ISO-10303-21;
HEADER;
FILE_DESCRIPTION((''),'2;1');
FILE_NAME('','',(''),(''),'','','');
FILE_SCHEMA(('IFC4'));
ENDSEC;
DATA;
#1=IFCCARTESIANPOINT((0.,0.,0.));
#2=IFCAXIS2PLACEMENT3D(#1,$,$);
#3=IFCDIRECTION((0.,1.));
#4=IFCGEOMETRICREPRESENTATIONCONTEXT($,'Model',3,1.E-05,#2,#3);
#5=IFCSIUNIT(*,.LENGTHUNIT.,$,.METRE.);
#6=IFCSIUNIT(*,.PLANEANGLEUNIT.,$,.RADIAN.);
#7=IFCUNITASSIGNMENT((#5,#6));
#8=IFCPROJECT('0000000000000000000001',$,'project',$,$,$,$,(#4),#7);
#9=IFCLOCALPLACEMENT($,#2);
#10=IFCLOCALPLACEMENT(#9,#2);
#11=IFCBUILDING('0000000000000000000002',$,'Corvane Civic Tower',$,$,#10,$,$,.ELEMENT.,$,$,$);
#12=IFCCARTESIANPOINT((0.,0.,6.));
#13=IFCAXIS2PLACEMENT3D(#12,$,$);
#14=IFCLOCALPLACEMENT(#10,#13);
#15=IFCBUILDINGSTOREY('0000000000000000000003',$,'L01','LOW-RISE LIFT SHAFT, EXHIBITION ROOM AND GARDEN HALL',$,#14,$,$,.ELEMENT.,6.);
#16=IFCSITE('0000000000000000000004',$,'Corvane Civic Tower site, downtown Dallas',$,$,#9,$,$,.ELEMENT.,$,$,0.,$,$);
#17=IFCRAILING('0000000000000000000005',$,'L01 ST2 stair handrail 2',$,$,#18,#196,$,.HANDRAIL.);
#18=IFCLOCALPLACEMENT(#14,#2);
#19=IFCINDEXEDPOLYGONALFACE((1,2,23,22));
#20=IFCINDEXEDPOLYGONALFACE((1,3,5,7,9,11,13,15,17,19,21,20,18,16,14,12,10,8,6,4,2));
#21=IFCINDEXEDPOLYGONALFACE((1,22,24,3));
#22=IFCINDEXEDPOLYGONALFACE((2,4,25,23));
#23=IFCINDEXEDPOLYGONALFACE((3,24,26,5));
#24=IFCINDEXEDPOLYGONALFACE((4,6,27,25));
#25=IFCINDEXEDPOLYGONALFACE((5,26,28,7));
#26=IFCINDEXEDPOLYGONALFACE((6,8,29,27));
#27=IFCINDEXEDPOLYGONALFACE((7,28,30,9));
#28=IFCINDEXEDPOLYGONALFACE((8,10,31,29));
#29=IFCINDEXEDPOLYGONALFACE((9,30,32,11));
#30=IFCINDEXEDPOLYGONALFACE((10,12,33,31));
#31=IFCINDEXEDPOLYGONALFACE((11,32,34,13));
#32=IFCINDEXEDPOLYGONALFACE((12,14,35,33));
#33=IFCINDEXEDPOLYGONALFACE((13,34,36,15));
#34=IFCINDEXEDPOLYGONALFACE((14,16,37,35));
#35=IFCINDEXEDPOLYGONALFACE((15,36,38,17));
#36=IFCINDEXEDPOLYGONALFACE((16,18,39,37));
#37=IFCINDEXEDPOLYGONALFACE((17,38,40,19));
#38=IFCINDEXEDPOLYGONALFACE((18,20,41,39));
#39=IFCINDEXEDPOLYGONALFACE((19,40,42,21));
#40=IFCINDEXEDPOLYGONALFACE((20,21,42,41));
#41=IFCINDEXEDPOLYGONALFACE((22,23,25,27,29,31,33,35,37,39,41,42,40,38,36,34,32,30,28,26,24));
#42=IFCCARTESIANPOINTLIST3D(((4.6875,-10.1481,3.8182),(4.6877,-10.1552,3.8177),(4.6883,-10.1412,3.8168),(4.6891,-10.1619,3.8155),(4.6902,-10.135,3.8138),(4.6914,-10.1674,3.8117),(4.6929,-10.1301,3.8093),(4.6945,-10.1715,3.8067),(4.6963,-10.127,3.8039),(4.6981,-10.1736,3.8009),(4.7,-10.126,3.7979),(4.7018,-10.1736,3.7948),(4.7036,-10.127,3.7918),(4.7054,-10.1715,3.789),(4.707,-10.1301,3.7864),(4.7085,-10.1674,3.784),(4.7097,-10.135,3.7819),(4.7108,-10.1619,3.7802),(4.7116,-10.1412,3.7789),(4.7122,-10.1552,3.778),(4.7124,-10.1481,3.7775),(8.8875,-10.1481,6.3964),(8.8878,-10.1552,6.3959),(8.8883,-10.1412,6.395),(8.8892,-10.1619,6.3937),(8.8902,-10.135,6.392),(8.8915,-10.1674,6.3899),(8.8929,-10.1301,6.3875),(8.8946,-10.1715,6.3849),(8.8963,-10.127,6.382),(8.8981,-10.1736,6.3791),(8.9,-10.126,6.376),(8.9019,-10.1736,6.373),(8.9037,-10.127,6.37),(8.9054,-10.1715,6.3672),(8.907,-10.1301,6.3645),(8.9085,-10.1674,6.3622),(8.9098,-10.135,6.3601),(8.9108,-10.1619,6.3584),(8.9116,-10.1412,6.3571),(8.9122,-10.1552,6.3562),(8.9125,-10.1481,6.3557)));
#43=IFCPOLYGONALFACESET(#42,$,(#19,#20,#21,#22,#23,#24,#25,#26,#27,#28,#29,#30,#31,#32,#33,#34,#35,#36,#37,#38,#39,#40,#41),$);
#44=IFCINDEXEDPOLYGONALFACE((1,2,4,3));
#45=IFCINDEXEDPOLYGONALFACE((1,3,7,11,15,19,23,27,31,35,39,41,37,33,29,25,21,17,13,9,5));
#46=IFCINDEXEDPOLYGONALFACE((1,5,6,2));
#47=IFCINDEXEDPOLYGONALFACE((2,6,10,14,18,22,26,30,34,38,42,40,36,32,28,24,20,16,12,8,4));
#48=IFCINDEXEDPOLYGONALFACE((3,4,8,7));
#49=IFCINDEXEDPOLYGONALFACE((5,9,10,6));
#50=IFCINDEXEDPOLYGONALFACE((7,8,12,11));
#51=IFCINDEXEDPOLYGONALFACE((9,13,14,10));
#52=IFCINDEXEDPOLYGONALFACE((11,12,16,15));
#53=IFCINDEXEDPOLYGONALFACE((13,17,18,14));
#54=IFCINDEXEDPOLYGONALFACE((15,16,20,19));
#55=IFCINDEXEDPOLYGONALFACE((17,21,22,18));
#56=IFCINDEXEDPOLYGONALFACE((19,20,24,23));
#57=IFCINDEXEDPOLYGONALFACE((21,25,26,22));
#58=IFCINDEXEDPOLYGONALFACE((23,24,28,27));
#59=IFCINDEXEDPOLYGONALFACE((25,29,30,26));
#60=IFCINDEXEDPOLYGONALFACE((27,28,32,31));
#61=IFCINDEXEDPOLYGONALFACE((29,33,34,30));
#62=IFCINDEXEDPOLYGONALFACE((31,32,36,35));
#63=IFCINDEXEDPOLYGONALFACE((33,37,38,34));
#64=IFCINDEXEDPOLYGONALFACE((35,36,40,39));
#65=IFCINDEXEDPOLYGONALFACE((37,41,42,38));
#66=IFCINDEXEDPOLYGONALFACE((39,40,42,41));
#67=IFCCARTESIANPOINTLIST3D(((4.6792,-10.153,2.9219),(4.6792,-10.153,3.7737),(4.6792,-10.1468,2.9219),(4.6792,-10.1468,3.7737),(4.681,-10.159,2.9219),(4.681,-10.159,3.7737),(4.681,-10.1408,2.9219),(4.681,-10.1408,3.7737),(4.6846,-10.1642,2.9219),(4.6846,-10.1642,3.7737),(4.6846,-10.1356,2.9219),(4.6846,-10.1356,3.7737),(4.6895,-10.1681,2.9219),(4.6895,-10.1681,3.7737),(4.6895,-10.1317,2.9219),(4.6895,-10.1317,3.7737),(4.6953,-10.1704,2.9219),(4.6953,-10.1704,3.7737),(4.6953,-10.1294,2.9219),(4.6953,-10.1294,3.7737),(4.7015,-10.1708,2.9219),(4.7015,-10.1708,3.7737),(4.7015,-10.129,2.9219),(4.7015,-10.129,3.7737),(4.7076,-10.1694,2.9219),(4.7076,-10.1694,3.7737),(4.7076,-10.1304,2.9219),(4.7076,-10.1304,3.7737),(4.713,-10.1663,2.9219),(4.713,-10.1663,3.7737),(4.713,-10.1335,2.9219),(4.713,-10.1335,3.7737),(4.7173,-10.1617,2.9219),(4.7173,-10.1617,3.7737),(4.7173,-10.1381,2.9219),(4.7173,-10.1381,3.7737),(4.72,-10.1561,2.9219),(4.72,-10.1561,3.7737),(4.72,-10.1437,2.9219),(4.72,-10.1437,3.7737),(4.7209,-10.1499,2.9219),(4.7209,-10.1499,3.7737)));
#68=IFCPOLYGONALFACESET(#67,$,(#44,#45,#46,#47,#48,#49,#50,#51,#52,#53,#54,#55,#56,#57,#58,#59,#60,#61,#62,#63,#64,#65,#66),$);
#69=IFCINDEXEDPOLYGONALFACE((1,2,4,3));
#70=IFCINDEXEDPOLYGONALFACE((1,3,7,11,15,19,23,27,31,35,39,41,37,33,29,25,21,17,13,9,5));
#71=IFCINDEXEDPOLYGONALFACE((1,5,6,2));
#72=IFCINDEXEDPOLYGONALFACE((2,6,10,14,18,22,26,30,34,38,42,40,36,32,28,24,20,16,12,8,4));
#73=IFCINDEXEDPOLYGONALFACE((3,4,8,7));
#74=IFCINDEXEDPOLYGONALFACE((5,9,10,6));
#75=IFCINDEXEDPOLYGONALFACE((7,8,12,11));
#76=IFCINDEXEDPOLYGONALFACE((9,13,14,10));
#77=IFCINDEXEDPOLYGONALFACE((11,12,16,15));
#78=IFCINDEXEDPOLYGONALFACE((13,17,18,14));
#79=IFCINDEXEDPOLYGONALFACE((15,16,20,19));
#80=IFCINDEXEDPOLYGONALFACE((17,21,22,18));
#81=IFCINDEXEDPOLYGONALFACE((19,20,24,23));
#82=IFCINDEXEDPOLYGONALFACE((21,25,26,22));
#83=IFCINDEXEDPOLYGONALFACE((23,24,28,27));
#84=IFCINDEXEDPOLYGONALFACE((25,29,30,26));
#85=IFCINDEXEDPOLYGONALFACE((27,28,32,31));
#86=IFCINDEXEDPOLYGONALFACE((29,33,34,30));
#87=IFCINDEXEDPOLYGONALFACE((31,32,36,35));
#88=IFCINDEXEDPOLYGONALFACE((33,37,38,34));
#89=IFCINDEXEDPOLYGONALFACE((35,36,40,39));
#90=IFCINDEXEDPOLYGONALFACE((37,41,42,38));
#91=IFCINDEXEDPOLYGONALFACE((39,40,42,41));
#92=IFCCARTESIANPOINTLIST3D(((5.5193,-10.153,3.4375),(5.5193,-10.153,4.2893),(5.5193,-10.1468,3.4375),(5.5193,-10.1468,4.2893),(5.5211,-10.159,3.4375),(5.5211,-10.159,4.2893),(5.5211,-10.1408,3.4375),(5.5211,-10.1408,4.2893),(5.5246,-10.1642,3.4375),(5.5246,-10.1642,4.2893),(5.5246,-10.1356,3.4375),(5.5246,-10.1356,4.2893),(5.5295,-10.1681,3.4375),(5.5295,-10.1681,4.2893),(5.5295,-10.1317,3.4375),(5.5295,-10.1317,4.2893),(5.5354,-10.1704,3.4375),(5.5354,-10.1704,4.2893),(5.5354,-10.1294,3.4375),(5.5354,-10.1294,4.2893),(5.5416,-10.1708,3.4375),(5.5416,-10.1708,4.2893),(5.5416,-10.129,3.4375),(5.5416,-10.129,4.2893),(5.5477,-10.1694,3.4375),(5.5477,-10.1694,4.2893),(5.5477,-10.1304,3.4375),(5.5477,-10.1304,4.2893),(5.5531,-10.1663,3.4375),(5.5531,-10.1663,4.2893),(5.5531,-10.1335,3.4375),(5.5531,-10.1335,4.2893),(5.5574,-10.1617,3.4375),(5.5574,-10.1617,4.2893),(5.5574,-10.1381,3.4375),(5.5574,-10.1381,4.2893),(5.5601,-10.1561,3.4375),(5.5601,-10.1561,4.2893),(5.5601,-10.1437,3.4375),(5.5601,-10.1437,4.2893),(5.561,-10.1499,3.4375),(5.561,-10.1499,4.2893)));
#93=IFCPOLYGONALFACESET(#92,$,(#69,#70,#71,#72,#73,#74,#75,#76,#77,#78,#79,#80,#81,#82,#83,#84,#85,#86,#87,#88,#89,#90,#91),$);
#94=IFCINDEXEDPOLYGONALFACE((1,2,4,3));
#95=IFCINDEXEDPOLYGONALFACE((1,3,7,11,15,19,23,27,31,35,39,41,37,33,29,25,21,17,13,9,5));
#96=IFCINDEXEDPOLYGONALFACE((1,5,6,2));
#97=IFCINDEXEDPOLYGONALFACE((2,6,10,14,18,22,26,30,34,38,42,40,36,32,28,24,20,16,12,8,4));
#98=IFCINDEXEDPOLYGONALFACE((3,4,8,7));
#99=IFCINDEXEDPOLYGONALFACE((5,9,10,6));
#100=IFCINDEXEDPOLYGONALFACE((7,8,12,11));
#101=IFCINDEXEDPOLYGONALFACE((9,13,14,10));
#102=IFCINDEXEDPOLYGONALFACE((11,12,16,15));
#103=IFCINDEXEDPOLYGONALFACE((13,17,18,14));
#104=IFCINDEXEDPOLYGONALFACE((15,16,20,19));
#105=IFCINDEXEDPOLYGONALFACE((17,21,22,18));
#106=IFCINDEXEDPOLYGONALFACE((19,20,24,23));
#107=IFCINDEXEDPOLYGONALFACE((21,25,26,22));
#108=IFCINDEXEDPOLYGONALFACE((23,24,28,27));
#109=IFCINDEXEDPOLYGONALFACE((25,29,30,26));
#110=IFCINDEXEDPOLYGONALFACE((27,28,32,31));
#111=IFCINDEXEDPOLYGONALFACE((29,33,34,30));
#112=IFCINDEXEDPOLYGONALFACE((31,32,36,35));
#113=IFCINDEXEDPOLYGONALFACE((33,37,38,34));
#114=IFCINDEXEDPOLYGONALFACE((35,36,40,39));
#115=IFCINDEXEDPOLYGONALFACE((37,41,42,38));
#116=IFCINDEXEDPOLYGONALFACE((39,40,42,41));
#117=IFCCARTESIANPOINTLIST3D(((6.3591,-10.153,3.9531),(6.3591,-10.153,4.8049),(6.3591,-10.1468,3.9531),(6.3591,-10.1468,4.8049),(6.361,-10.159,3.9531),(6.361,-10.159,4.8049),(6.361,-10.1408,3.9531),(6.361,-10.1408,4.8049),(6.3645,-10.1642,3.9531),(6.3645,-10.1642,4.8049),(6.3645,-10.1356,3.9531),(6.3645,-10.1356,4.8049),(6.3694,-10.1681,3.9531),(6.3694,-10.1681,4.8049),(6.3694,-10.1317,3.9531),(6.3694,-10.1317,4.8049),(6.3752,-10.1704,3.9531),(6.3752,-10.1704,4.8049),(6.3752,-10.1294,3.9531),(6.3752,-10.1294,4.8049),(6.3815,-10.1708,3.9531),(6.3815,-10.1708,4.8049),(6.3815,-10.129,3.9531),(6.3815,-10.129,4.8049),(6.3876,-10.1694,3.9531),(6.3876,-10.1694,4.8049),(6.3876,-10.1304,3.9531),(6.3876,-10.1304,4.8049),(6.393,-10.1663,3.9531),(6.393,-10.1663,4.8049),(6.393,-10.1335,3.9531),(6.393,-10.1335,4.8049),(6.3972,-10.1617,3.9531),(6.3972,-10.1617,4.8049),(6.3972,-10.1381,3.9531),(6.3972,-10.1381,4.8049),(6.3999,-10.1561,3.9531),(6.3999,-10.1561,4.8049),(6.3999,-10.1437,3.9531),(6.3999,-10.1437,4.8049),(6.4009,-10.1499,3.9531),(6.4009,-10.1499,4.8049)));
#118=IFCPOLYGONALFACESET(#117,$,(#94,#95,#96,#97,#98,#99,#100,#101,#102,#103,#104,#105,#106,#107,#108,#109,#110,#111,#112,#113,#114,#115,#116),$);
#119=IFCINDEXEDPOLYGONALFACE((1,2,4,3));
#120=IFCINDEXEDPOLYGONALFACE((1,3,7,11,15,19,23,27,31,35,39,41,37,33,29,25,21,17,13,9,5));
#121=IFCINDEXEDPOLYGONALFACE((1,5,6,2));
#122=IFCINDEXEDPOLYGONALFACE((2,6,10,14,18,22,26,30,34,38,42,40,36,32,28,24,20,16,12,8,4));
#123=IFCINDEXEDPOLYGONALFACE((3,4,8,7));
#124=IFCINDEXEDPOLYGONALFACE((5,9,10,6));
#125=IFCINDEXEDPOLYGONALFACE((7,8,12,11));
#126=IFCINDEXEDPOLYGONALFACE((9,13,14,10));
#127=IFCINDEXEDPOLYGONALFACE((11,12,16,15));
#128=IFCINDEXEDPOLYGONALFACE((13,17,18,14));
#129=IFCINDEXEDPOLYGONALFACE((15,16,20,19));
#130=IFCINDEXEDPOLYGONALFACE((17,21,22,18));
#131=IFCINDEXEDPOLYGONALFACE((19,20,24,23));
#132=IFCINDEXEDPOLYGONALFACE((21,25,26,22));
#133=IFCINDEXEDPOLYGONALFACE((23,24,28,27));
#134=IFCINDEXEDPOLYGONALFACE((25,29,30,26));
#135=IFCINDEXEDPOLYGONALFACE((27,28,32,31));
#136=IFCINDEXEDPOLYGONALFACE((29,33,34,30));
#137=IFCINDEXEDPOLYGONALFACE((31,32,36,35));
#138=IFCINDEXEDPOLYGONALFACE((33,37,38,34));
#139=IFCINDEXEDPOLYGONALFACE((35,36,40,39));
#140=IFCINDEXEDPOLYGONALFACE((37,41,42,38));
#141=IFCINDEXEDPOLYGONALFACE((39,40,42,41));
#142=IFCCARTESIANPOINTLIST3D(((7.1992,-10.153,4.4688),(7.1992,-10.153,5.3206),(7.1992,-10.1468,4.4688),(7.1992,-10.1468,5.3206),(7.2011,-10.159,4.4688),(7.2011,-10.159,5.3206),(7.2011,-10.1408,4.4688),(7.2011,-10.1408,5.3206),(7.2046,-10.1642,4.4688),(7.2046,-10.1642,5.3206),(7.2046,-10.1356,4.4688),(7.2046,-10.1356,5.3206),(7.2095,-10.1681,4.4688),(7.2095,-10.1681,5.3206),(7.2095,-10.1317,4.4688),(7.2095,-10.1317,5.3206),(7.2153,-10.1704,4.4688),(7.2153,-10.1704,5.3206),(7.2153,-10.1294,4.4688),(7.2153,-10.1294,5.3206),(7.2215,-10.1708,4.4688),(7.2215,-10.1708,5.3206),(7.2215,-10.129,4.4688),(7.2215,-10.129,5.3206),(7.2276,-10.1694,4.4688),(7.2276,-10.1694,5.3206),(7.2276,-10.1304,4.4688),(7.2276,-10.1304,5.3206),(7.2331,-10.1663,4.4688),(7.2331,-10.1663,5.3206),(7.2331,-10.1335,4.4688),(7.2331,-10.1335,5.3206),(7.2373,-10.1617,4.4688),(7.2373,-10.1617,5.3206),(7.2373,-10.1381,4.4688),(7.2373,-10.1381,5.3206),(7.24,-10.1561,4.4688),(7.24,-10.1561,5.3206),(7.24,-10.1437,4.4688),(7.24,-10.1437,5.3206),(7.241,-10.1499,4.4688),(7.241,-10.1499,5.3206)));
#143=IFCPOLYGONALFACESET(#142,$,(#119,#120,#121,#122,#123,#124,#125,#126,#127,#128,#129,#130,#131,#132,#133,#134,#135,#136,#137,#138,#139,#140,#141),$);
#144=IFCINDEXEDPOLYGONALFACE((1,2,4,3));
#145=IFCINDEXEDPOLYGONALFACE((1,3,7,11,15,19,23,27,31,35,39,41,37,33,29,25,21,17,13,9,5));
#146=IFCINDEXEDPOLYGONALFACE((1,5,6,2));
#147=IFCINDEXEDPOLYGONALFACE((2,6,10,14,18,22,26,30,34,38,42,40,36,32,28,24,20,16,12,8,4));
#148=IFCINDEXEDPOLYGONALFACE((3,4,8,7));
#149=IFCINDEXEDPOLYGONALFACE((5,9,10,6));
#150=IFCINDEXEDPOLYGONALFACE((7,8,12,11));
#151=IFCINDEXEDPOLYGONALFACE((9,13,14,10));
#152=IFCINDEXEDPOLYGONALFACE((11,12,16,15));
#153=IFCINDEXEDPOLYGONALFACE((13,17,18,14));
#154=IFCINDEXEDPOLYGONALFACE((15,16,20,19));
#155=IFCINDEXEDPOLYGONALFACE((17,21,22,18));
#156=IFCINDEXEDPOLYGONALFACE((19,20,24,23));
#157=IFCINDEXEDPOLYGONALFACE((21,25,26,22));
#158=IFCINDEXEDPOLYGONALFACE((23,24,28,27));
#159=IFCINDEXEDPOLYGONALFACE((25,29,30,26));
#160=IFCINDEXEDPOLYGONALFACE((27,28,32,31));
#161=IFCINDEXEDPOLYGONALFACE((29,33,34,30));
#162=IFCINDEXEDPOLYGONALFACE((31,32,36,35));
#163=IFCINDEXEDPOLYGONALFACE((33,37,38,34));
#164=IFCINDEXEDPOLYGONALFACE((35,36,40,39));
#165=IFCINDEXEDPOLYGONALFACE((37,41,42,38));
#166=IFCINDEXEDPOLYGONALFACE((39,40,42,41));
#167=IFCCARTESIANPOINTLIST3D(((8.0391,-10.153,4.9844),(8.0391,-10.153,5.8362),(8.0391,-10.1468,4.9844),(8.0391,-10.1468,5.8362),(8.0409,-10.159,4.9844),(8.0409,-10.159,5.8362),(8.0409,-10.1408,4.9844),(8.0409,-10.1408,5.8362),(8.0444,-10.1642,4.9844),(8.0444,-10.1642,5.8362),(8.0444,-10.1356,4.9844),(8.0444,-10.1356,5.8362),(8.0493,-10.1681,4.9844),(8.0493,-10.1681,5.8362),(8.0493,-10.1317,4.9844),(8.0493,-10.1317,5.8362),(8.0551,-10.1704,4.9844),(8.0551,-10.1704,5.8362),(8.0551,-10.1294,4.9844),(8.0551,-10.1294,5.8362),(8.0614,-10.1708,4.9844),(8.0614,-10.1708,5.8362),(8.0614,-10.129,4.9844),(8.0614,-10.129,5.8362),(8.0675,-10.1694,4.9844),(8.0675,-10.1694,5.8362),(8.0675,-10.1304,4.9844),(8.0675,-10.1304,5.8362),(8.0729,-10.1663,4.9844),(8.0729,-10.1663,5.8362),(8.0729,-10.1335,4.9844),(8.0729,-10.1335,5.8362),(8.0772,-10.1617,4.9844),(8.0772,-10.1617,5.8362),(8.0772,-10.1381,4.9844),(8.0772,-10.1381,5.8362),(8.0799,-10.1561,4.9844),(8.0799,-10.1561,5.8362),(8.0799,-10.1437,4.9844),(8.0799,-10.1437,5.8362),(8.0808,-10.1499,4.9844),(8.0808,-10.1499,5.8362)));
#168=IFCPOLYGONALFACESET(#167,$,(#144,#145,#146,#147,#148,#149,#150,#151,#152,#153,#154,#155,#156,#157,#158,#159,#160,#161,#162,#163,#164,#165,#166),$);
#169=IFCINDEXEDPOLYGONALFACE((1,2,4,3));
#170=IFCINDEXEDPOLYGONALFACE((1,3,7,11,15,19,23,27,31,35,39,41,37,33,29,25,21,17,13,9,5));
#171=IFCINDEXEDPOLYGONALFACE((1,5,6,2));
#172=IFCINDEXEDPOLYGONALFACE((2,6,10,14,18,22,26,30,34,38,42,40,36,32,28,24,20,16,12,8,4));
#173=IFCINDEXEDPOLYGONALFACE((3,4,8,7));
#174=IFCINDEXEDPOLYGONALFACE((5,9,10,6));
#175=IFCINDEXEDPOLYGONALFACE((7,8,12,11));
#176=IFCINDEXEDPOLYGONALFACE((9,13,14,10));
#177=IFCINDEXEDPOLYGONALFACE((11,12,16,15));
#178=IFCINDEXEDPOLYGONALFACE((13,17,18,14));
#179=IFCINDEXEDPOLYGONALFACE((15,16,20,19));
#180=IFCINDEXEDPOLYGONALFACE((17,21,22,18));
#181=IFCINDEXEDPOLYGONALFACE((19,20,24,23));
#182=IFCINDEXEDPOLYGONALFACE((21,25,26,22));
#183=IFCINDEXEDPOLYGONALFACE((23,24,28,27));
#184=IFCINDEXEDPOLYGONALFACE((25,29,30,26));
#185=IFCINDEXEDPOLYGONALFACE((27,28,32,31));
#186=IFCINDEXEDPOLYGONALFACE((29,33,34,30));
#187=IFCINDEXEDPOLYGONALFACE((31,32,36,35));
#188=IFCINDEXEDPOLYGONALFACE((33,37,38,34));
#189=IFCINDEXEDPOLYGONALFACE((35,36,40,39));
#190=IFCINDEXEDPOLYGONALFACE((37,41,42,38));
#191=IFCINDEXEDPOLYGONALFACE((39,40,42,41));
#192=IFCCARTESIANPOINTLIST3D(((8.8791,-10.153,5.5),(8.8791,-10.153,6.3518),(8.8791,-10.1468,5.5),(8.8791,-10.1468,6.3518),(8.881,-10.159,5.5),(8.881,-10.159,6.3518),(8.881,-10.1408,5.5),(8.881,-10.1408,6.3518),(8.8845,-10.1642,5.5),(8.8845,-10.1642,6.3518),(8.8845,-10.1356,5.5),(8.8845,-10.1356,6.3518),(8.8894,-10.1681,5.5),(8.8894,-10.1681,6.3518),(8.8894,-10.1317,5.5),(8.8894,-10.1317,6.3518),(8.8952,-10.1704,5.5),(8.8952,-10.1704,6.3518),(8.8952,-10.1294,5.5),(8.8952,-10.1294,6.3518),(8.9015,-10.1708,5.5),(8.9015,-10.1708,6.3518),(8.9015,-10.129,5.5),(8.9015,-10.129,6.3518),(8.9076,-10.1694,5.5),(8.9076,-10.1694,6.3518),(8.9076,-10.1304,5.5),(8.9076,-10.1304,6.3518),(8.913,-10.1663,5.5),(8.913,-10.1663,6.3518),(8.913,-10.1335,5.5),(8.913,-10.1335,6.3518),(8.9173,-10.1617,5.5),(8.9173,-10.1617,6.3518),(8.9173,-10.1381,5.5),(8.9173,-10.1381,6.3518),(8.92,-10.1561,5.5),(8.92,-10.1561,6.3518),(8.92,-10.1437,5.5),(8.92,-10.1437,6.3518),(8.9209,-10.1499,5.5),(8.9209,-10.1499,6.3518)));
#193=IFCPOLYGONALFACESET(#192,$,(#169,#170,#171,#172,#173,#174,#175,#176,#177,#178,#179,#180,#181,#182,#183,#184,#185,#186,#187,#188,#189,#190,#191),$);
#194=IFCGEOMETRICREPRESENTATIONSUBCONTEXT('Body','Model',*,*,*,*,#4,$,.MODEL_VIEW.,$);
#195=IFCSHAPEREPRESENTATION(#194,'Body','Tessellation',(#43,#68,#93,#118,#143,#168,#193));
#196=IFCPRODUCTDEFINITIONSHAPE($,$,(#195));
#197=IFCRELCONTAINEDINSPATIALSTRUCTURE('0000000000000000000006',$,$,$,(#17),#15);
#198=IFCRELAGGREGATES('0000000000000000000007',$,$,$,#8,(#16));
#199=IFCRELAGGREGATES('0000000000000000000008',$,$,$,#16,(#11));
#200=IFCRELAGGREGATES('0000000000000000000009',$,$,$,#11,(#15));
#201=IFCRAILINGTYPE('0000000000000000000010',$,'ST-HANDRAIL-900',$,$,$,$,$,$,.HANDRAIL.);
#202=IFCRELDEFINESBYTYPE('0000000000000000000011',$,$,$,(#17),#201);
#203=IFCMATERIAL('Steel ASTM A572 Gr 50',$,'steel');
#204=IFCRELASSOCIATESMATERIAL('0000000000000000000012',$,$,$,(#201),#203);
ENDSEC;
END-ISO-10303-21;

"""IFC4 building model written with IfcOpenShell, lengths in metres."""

from ifc_helpers import new_model, si_unit, direction, frame, origin, origin_2d, place, context, subcontext, project, spatial, circle, extrude, material, type_object, element, save


model = new_model("IFC4")

# Units and contexts
model_context = context("Model", 3, precision=1e-05, world=origin(), true_north=direction((0.0, 1.0)))
body_context = subcontext(model_context, "Body", "Model", "MODEL_VIEW")
ifc_project = project(units=[si_unit("LENGTHUNIT", "METRE"), si_unit("PLANEANGLEUNIT", "RADIAN")], contexts=[model_context])

# Site, building, storey
site_placement = place(None, origin())
site = spatial("IfcSite", under=ifc_project, at=site_placement, Name="Corvane Civic Tower site, downtown Dallas", CompositionType="ELEMENT", RefElevation=0.0)
building_placement = place(site_placement, origin())
building = spatial("IfcBuilding", under=site, at=building_placement, Name="Corvane Civic Tower", CompositionType="ELEMENT")
storey_placement = place(building_placement, frame((0.0, 0.0, 6.0)))
storey = spatial("IfcBuildingStorey", under=building, at=storey_placement, Name="L01", Description="LOW-RISE LIFT SHAFT, EXHIBITION ROOM AND GARDEN HALL", CompositionType="ELEMENT", Elevation=6.0)

# Railing
ifc_material_1 = material(Name="Steel ASTM A572 Gr 50", Category="steel")
railing_type_1 = type_object("IfcRailingType", Name="ST-HANDRAIL-900", PredefinedType="HANDRAIL", material=ifc_material_1)
railing_1_placement = place(storey_placement, frame((4.7, -10.1499, 2.9219)))
element("IfcRailing", 1, at=railing_1_placement, inside=storey, type_object=railing_type_1, Name="L01 ST2 stair handrail 2", PredefinedType="HANDRAIL", context=body_context, shape_type="SweptSolid", body=[
    extrude(circle(Radius=0.0239, at=origin_2d()), frame((0.0, 0.0, 0.876), z_axis=(0.852243, 0.0, 0.523146), x_axis=(0.0, 1.0, 0.0)), (0.0, 0.0, 1.0), 4.9282),
    extrude(circle(Radius=0.021, at=origin_2d()), origin(), (0.0, 0.0, 1.0), 0.8518),
    extrude(circle(Radius=0.021, at=origin_2d()), frame((0.8401, 0.0, 0.5156)), (0.0, 0.0, 1.0), 0.8518),
    extrude(circle(Radius=0.021, at=origin_2d()), frame((1.6799, 0.0, 1.0312)), (0.0, 0.0, 1.0), 0.8518),
    extrude(circle(Radius=0.021, at=origin_2d()), frame((2.52, 0.0, 1.5469)), (0.0, 0.0, 1.0), 0.8518),
    extrude(circle(Radius=0.021, at=origin_2d()), frame((3.3599, 0.0, 2.0625)), (0.0, 0.0, 1.0), 0.8518),
    extrude(circle(Radius=0.021, at=origin_2d()), frame((4.2, 0.0, 2.5781)), (0.0, 0.0, 1.0), 0.8518),
])

save(model, "model.ifc")
